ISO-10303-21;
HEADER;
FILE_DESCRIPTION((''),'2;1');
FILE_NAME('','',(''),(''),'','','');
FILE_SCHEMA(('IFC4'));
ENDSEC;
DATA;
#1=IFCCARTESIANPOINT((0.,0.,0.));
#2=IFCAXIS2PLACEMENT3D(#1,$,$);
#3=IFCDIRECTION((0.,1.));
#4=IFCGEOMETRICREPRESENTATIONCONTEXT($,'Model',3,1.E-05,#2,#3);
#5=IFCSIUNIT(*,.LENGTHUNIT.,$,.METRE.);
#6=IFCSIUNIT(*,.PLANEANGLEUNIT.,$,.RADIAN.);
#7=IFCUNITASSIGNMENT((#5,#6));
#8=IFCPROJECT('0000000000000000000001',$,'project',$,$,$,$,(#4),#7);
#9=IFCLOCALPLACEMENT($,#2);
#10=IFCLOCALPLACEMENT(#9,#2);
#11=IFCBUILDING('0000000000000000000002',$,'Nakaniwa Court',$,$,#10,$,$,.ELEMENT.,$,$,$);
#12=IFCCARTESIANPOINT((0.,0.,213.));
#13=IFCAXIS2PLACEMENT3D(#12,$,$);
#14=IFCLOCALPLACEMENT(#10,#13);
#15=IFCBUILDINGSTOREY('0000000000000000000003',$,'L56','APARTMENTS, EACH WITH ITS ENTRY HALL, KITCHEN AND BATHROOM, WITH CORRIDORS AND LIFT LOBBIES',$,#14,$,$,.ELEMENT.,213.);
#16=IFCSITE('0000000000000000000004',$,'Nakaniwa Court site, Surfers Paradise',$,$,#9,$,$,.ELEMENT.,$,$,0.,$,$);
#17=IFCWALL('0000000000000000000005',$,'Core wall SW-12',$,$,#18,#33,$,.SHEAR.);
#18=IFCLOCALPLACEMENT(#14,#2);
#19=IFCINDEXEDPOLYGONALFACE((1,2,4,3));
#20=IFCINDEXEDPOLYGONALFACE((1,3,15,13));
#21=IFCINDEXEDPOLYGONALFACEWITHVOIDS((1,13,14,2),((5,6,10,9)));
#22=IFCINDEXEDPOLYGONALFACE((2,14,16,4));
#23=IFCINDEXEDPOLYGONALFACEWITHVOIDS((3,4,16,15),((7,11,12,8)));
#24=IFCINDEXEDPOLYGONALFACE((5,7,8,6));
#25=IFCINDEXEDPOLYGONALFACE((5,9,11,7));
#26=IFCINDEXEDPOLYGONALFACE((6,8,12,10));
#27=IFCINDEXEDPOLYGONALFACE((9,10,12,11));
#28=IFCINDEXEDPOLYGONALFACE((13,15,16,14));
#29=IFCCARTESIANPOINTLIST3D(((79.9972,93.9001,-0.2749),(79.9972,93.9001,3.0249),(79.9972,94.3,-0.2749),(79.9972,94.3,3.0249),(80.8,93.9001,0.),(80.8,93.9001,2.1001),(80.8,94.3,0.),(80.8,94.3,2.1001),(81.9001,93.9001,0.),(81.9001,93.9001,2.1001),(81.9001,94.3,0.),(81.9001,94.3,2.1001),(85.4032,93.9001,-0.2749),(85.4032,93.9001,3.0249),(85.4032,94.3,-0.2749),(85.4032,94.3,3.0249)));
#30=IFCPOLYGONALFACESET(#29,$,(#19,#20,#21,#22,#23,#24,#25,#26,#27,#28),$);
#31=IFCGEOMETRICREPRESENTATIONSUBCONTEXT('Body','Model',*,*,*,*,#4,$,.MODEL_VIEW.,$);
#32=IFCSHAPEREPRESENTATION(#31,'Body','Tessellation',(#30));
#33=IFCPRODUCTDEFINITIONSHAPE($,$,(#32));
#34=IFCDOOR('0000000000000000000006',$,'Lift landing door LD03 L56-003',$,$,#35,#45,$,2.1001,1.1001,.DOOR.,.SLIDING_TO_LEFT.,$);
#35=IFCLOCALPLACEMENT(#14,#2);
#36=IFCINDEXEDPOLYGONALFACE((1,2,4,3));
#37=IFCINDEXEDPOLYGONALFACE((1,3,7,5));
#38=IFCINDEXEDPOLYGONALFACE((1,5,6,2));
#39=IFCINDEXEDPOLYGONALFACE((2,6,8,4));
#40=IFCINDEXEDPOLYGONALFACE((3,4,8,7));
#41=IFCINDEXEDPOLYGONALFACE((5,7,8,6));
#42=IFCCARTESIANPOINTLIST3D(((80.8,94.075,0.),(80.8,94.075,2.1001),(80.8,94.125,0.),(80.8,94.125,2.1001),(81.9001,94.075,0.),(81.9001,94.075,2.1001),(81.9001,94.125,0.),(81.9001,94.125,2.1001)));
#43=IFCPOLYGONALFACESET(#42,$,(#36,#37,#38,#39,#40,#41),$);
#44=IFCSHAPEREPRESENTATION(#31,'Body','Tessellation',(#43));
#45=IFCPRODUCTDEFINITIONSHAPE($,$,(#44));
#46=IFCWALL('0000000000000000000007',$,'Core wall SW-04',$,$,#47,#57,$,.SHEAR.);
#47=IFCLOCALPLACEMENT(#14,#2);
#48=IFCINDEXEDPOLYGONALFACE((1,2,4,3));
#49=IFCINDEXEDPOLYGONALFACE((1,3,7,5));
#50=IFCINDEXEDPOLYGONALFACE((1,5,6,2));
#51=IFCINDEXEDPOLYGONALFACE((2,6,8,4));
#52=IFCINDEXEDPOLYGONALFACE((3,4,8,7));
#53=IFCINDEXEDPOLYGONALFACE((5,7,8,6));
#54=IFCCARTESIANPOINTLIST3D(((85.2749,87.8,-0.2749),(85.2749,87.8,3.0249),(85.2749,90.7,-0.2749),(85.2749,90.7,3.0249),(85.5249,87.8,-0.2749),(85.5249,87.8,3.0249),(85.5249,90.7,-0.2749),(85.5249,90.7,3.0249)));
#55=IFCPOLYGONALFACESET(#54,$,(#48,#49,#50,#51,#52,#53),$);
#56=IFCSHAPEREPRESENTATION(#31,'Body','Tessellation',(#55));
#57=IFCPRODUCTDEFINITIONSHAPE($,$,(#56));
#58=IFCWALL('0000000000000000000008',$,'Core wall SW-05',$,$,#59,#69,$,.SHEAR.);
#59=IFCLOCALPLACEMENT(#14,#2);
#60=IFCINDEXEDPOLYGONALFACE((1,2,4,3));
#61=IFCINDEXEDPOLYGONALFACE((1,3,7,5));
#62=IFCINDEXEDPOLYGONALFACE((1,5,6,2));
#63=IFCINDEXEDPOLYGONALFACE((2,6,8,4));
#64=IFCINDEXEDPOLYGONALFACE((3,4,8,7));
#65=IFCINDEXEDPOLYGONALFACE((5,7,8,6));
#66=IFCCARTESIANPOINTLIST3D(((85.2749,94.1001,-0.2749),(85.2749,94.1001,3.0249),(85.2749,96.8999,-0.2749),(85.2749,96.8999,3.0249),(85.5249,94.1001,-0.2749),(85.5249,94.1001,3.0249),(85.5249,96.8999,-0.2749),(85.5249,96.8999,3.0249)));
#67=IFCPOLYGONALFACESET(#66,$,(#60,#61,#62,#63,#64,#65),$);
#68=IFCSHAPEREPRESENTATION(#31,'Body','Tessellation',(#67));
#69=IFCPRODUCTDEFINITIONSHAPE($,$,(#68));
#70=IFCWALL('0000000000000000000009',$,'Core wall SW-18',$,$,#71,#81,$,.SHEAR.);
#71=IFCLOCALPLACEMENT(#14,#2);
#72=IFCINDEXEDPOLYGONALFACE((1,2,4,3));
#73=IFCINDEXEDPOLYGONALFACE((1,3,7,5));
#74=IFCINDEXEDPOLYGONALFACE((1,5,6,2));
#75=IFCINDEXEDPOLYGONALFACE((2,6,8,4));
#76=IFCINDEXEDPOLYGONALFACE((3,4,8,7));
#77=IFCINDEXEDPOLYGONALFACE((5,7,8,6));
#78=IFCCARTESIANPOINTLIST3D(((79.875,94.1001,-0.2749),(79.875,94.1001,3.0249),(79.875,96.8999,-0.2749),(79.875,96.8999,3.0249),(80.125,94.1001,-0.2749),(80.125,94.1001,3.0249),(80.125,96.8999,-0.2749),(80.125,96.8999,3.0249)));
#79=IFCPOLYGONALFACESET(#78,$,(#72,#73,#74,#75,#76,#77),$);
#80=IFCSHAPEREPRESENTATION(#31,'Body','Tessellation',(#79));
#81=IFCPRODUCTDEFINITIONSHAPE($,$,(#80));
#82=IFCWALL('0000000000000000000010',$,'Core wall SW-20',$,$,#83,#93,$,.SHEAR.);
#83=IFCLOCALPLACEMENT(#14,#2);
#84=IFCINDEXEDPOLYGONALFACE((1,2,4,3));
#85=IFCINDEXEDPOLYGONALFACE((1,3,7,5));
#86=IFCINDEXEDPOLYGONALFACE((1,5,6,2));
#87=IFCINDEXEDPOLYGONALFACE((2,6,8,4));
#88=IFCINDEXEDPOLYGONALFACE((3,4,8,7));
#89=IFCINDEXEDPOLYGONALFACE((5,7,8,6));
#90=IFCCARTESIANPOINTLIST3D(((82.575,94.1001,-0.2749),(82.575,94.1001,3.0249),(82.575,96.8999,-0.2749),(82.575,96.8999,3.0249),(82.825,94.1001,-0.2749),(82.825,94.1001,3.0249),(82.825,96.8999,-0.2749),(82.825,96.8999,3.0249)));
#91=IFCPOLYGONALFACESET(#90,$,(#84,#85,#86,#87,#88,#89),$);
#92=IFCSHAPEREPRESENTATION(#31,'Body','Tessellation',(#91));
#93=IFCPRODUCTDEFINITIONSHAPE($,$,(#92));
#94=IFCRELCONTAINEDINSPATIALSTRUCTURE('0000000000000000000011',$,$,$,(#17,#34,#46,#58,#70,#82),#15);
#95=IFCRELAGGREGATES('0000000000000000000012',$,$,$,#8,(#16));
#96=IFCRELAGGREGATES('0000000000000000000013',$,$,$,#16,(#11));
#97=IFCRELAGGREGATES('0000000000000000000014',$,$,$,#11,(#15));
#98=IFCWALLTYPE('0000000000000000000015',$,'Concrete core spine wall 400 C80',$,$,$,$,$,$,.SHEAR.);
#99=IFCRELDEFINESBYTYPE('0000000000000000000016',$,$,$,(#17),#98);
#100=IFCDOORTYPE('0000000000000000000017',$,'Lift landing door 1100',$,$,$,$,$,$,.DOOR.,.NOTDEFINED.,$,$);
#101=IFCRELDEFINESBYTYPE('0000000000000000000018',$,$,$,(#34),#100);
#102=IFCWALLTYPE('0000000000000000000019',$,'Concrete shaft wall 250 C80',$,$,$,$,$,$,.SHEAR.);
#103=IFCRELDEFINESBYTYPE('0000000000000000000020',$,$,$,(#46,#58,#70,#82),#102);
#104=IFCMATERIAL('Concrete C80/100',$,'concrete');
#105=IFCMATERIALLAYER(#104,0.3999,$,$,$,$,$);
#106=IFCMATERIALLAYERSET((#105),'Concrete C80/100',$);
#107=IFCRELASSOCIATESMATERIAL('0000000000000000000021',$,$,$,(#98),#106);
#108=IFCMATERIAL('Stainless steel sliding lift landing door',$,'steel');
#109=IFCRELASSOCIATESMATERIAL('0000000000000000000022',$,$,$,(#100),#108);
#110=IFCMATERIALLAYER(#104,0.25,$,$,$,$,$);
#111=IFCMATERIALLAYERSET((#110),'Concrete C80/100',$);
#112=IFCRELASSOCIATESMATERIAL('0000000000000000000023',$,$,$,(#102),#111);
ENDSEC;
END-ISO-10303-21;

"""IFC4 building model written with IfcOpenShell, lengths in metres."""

from ifc_helpers import new_model, si_unit, direction, frame, frame_2d, origin, place, context, subcontext, project, spatial, rectangle, extrude, material, layer, layer_set, type_object, element, fill, save


model = new_model("IFC4")

# Units and contexts
model_context = context("Model", 3, precision=1e-05, world=origin(), true_north=direction((0.0, 1.0)))
body_context = subcontext(model_context, "Body", "Model", "MODEL_VIEW")
ifc_project = project(units=[si_unit("LENGTHUNIT", "METRE"), si_unit("PLANEANGLEUNIT", "RADIAN")], contexts=[model_context])

# Site, building, storey
site_placement = place(None, origin())
site = spatial("IfcSite", under=ifc_project, at=site_placement, Name="Nakaniwa Court site, Surfers Paradise", CompositionType="ELEMENT", RefElevation=0.0)
building_placement = place(site_placement, origin())
building = spatial("IfcBuilding", under=site, at=building_placement, Name="Nakaniwa Court", CompositionType="ELEMENT")
storey_placement = place(building_placement, frame((0.0, 0.0, 213.0)))
storey = spatial("IfcBuildingStorey", under=building, at=storey_placement, Name="L56", Description="APARTMENTS, EACH WITH ITS ENTRY HALL, KITCHEN AND BATHROOM, WITH CORRIDORS AND LIFT LOBBIES", CompositionType="ELEMENT", Elevation=213.0)

# Wall, opening, door
ifc_material_1 = material(Name="Concrete C80/100", Category="concrete")
ifc_layer_1 = layer(ifc_material_1, 0.3999)
ifc_layer_set_1 = layer_set([ifc_layer_1], Name="Concrete C80/100")
wall_type_1 = type_object("IfcWallType", Name="Concrete core spine wall 400 C80", PredefinedType="SHEAR", material=ifc_layer_set_1)
ifc_material_2 = material(Name="Stainless steel sliding lift landing door", Category="steel")
door_type_1 = type_object("IfcDoorType", Name="Lift landing door 1100", OperationType="NOTDEFINED", PredefinedType="DOOR", material=ifc_material_2)
wall_1_placement = place(storey_placement, frame((79.9971, 94.1001, -0.2749), z_axis=(0.0, 0.0, 1.0), x_axis=(1.0, 0.0, 0.0)))
wall_1 = element("IfcWall", 1, at=wall_1_placement, inside=storey, type_object=wall_type_1, Name="Core wall SW-12", PredefinedType="SHEAR", context=body_context, shape_type="SweptSolid", body=[
    extrude(rectangle(XDim=5.406, YDim=0.3999, at=frame_2d((2.7031, 0.0))), origin(), (0.0, 0.0, 1.0), 3.2998),
])
opening_1_placement = place(wall_1_placement, frame((0.803, 0.0, 0.2749)))
opening_1 = element("IfcOpeningElement", 2, at=opening_1_placement, cuts=wall_1, PredefinedType="OPENING", context=body_context, shape_type="SweptSolid", body=[
    extrude(rectangle(XDim=1.1001, YDim=2.1001, at=frame_2d((0.55, 1.05))), frame((0.0, 0.21, 0.0), z_axis=(0.0, -1.0, 0.0), x_axis=(1.0, 0.0, 0.0)), (0.0, 0.0, 1.0), 0.4199),
])
door_1_placement = place(opening_1_placement, origin())
door_1 = element("IfcDoor", 3, at=door_1_placement, inside=storey, type_object=door_type_1, Name="Lift landing door LD03 L56-003", OperationType="SLIDING_TO_LEFT", OverallHeight=2.1001, OverallWidth=1.1001, PredefinedType="DOOR", context=body_context, shape_type="SweptSolid", body=[
    extrude(rectangle(XDim=1.1001, YDim=2.1001, at=frame_2d((0.55, 1.05))), frame((0.0, 0.0249, 0.0), z_axis=(0.0, -1.0, 0.0), x_axis=(1.0, 0.0, 0.0)), (0.0, 0.0, 1.0), 0.05),
])
fill(opening_1, door_1)

# Walls
ifc_layer_2 = layer(ifc_material_1, 0.25)
ifc_layer_set_2 = layer_set([ifc_layer_2], Name="Concrete C80/100")
wall_type_2 = type_object("IfcWallType", Name="Concrete shaft wall 250 C80", PredefinedType="SHEAR", material=ifc_layer_set_2)
wall_2_placement = place(storey_placement, frame((85.3999, 87.8, -0.2749), z_axis=(0.0, 0.0, 1.0), x_axis=(0.0, 1.0, 0.0)))
element("IfcWall", 4, at=wall_2_placement, inside=storey, type_object=wall_type_2, Name="Core wall SW-04", PredefinedType="SHEAR", context=body_context, shape_type="SweptSolid", body=[
    extrude(rectangle(XDim=2.8999, YDim=0.25, at=frame_2d((1.45, 0.0))), origin(), (0.0, 0.0, 1.0), 3.2998),
])
for number, where, z_axis, x_axis, name in (
    (5, (85.3999, 94.1001, -0.2749), (0.0, 0.0, 1.0), (0.0, 1.0, 0.0), "Core wall SW-05"),
    (6, (80.0, 94.1001, -0.2749), (0.0, 0.0, 1.0), (0.0, 1.0, 0.0), "Core wall SW-18"),
    (7, (82.7, 94.1001, -0.2749), (0.0, 0.0, 1.0), (0.0, 1.0, 0.0), "Core wall SW-20"),
):
    element("IfcWall", number, at=place(storey_placement, frame(where, z_axis=z_axis, x_axis=x_axis)), inside=storey, type_object=wall_type_2, Name=name, PredefinedType="SHEAR", context=body_context, shape_type="SweptSolid", body=[
        extrude(rectangle(XDim=2.7998, YDim=0.25, at=frame_2d((1.3999, 0.0))), origin(), (0.0, 0.0, 1.0), 3.2998),
    ])

save(model, "model.ifc")
